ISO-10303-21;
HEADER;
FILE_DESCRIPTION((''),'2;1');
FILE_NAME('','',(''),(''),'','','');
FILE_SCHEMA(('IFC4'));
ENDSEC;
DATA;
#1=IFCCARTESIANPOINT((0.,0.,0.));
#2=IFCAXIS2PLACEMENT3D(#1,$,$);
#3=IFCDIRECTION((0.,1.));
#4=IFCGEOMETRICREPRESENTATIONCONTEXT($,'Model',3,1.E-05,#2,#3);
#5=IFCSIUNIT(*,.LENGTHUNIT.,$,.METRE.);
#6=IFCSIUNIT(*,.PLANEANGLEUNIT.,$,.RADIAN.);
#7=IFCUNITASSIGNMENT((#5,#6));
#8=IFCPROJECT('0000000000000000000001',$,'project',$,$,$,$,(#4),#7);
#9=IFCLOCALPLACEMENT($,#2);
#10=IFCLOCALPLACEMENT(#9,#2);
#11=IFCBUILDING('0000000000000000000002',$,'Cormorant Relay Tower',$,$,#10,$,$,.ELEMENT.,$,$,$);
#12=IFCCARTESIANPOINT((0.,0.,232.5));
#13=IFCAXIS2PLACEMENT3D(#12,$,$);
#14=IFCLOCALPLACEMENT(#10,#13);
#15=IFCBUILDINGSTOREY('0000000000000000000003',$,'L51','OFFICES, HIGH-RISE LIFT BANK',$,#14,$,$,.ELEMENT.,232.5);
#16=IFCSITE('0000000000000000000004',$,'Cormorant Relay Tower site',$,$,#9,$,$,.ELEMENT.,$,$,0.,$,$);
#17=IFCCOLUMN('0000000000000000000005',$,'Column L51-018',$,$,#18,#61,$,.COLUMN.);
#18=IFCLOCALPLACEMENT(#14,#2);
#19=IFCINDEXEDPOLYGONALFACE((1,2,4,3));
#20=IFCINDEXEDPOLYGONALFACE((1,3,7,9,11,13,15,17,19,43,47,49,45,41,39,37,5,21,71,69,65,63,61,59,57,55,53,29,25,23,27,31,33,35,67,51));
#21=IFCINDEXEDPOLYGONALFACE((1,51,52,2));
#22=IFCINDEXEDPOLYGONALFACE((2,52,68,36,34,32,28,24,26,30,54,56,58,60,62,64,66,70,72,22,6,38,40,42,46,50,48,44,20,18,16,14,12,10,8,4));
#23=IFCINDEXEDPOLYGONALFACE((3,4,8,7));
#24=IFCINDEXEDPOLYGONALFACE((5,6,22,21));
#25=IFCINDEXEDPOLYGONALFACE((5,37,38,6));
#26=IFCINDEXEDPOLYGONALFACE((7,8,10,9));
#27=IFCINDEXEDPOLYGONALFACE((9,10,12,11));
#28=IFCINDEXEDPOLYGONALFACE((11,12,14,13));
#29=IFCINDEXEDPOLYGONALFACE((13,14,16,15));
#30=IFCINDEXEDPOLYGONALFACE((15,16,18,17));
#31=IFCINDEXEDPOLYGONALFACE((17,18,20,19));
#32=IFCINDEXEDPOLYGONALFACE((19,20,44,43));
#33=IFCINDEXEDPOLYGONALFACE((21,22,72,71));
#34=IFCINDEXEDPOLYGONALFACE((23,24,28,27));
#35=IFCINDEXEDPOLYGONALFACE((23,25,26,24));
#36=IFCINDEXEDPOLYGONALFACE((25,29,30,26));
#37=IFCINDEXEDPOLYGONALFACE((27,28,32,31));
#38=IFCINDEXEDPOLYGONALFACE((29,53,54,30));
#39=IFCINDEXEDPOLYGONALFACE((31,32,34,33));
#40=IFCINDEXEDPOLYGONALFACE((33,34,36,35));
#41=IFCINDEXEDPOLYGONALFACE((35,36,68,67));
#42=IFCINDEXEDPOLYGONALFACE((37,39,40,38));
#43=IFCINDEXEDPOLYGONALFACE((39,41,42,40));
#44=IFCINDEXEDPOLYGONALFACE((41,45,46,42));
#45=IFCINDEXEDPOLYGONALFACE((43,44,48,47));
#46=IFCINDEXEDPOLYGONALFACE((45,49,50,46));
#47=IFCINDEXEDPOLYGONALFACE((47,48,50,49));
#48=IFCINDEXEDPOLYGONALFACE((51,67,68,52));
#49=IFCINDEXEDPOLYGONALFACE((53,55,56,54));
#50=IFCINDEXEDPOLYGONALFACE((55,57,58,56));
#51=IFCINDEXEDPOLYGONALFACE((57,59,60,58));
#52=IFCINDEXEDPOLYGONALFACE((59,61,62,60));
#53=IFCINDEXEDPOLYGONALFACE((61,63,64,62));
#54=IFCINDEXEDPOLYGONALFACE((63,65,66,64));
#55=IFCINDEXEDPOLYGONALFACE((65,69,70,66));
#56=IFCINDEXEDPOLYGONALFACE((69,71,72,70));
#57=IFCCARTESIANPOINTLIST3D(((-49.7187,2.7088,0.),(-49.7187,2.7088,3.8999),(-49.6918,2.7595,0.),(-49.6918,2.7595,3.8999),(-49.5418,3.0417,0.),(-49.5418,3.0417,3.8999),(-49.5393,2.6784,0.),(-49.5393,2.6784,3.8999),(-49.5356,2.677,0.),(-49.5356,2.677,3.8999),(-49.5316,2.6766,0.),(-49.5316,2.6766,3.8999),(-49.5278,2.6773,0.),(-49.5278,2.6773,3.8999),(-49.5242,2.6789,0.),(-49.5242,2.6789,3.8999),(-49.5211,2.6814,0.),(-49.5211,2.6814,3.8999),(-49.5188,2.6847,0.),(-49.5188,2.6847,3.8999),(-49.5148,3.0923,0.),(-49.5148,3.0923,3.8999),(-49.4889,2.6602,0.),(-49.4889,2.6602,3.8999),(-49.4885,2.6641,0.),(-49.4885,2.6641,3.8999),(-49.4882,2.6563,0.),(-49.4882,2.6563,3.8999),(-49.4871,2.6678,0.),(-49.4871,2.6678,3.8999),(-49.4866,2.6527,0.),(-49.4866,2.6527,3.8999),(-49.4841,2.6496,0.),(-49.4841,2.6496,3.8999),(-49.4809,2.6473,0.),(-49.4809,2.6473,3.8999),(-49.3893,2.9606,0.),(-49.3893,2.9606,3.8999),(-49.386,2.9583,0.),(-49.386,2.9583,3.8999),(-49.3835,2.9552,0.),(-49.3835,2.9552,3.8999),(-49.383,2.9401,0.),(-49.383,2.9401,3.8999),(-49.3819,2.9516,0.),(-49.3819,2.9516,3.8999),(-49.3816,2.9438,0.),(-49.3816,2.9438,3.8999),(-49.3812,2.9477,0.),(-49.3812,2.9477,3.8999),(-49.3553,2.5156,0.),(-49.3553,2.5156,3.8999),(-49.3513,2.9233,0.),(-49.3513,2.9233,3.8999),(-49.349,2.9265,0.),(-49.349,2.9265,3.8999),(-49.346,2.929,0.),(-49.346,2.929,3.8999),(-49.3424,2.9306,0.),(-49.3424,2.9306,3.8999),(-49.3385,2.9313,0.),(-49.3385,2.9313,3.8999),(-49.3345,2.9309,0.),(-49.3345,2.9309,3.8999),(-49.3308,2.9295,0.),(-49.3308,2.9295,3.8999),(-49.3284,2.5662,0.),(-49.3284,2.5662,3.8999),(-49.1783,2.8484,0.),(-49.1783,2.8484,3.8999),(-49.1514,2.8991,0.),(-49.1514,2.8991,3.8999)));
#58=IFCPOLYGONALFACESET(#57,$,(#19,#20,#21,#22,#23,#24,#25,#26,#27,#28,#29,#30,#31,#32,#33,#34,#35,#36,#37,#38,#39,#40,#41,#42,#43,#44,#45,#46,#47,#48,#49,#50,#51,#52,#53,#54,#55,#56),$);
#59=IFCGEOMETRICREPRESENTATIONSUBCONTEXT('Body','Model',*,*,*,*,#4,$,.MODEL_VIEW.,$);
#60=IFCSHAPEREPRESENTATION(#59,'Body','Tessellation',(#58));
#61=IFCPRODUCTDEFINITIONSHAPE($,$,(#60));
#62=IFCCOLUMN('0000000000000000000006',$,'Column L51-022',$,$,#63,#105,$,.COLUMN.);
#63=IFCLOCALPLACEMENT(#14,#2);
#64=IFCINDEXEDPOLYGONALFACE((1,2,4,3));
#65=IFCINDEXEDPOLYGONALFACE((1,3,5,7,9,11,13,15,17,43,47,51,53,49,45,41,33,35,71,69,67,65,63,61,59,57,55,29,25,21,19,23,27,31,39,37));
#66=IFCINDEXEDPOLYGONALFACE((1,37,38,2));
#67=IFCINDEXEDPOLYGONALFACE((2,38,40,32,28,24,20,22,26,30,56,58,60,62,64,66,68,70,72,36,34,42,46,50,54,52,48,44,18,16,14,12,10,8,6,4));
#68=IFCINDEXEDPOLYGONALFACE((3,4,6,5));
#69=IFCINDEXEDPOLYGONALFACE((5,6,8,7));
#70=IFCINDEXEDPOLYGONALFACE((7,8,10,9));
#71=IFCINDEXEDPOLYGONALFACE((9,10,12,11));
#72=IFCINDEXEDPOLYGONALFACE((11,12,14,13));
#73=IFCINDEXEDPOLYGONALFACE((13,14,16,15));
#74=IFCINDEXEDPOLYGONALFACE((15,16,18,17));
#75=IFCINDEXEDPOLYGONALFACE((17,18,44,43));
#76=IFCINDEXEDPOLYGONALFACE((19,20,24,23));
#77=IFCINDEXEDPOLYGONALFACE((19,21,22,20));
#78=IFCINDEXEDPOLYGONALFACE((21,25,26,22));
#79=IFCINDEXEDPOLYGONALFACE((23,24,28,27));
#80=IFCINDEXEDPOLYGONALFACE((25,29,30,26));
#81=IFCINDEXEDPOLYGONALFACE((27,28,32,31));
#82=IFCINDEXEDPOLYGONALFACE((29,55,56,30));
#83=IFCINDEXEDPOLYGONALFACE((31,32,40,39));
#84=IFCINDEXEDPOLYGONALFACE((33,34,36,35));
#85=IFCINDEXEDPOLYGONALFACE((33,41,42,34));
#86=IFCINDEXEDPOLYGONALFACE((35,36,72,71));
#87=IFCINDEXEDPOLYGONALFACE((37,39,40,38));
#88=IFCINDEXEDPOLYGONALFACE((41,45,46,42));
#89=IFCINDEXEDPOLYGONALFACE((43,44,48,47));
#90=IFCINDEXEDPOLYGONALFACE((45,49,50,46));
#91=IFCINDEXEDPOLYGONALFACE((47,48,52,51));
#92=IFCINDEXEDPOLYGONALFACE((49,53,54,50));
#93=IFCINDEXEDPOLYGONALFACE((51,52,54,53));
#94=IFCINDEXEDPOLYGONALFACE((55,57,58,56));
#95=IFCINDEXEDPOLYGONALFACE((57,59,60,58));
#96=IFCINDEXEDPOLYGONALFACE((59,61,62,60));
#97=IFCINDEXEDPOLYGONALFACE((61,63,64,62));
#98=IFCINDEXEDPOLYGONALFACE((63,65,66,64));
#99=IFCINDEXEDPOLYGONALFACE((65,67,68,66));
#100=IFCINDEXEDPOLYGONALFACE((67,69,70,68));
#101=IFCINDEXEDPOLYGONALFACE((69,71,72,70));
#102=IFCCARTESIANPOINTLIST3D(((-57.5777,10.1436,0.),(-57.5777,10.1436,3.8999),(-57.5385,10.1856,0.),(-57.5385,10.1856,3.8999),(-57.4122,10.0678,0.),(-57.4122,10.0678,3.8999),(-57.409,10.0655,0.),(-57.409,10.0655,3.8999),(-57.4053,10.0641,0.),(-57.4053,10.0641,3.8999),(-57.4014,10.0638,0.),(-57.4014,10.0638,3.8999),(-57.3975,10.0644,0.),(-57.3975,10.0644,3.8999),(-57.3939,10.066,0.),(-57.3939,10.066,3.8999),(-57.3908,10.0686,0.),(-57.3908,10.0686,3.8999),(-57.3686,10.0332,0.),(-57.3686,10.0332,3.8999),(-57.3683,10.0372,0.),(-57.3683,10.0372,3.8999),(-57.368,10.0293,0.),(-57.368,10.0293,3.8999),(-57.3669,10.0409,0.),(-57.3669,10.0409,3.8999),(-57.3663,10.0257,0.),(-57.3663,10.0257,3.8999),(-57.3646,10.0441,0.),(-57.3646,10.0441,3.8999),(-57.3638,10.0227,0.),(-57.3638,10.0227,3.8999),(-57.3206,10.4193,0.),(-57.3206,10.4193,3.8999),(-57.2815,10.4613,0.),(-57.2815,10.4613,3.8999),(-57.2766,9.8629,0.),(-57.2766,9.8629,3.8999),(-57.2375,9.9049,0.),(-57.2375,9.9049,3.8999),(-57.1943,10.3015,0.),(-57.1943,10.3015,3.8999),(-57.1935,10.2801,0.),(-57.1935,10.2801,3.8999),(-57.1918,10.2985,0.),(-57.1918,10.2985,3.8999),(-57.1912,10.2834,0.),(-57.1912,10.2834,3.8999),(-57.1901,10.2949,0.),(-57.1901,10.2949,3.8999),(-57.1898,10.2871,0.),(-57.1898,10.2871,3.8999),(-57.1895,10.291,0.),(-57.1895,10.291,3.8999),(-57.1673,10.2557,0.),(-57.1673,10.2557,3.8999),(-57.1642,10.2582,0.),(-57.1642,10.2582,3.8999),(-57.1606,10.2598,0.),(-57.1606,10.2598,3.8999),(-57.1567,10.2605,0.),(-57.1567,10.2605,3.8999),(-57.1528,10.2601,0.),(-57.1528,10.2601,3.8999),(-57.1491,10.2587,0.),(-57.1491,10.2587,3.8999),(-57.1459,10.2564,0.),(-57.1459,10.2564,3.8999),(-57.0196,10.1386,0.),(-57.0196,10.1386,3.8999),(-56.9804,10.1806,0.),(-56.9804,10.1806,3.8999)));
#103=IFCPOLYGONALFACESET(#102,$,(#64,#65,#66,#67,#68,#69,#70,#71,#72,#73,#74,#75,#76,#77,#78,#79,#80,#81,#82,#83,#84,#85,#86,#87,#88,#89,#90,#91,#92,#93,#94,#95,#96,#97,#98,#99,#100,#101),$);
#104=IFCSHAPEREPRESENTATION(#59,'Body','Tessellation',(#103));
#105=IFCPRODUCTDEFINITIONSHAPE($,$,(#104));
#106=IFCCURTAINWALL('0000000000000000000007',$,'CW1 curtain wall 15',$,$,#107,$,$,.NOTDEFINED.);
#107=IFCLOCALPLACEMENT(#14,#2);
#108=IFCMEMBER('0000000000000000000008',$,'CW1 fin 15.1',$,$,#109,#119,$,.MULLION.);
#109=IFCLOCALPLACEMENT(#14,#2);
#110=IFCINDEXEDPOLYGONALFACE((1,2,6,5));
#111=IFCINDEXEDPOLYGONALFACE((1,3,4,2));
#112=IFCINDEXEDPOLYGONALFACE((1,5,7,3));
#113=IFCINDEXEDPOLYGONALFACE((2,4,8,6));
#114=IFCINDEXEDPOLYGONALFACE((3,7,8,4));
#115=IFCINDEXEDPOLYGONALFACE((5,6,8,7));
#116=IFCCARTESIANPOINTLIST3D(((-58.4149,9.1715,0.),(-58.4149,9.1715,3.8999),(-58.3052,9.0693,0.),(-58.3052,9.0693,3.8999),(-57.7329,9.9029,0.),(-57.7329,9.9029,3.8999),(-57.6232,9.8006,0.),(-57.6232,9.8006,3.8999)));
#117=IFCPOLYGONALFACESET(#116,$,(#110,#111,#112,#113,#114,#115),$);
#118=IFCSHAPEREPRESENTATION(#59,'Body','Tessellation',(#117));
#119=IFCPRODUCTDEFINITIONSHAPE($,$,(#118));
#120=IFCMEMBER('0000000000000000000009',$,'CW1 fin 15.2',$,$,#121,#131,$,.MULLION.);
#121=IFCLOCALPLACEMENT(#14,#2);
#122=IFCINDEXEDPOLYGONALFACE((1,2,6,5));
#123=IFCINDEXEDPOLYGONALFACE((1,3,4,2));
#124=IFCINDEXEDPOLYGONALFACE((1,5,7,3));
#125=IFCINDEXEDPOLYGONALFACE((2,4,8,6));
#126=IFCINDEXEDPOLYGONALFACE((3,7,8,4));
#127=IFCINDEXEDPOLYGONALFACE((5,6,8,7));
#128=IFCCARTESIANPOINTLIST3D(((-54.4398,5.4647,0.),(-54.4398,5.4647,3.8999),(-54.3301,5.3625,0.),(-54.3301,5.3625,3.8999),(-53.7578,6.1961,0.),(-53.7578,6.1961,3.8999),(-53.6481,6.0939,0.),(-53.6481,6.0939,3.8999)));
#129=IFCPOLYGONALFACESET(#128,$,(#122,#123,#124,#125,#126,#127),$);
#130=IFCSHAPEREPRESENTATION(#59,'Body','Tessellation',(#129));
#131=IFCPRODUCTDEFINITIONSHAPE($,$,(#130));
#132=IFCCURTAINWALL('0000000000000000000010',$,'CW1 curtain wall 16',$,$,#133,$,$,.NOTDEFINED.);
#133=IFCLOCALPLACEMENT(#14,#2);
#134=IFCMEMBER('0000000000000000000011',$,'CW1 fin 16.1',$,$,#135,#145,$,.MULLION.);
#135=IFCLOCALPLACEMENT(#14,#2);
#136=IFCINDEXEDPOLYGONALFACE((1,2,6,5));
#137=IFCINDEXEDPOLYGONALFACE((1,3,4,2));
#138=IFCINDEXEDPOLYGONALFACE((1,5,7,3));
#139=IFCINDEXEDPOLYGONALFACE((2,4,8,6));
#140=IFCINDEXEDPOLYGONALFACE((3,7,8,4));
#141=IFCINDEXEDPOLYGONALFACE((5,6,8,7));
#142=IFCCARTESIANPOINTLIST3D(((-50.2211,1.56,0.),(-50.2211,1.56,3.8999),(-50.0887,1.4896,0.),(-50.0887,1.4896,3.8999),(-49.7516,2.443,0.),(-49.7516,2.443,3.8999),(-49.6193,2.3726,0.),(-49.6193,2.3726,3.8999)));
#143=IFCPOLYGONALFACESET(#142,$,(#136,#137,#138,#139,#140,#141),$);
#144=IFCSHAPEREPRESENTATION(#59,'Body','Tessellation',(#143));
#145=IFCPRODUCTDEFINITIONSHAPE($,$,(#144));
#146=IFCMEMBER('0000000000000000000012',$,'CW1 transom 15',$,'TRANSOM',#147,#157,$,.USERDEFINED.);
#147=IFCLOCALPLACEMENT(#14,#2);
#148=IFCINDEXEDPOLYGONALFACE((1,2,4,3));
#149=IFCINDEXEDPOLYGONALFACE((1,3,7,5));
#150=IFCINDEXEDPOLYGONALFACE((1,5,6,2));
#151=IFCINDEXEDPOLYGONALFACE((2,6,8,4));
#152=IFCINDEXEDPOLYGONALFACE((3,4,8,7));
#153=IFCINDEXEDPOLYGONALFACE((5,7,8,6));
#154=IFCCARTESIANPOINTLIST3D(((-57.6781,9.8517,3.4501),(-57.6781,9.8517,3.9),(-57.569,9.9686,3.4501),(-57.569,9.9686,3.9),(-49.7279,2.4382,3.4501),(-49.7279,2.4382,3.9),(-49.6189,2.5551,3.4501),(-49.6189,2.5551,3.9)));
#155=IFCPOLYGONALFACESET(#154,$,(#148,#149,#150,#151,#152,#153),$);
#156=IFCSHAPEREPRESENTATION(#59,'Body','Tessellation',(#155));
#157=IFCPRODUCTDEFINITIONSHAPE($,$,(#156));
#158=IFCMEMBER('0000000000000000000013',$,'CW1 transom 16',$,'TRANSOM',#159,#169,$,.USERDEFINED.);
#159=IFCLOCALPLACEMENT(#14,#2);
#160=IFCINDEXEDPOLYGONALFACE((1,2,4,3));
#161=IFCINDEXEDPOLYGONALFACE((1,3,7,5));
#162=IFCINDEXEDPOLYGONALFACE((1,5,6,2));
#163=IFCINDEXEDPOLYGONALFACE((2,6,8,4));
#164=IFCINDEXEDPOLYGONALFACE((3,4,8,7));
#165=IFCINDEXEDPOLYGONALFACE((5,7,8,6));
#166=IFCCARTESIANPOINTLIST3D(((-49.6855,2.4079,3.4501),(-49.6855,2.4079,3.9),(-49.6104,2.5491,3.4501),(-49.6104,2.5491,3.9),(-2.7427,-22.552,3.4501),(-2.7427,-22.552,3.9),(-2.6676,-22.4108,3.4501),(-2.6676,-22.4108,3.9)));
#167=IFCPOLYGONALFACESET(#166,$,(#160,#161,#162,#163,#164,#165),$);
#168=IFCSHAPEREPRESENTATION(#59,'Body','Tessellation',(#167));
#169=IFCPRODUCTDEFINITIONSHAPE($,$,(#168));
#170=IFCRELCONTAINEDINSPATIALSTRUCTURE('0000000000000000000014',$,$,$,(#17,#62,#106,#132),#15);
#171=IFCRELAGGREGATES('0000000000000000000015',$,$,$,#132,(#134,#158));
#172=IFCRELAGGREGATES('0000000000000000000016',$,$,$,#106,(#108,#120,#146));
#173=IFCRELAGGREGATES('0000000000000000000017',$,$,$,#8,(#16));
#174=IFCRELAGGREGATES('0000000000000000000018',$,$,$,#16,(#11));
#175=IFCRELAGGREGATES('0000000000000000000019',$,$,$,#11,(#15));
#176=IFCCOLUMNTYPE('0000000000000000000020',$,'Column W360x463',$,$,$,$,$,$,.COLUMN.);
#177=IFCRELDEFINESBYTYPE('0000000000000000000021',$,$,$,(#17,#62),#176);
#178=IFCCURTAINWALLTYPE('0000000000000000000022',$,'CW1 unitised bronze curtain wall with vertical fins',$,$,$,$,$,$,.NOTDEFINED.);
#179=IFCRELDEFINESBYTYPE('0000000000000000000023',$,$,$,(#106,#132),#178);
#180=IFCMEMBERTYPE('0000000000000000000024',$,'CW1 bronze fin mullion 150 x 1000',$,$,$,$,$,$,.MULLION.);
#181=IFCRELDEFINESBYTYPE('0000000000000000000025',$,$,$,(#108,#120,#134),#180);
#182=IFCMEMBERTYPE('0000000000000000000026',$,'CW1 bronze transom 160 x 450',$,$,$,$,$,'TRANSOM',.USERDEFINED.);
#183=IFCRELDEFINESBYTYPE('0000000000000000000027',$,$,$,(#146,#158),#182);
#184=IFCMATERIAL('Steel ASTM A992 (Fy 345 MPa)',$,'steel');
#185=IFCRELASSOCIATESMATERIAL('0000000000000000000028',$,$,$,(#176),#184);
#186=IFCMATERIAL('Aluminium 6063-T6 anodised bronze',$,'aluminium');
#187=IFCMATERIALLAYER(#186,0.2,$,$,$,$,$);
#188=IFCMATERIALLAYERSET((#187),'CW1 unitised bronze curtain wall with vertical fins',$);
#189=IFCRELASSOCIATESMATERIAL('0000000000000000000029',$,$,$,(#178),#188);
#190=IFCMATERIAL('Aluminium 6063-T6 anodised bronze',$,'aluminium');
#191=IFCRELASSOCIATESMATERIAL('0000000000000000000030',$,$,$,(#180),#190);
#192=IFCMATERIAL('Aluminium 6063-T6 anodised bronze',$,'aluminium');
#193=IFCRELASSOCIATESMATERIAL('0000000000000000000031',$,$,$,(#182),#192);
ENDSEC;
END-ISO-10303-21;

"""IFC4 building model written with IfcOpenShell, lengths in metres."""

from ifc_helpers import new_model, si_unit, direction, frame, origin, origin_2d, place, context, subcontext, project, spatial, rectangle, i_section, extrude, material, layer, layer_set, material_profile, profile_set, type_object, element, aggregate, save


model = new_model("IFC4")

# Units and contexts
model_context = context("Model", 3, precision=1e-05, world=origin(), true_north=direction((0.0, 1.0)))
body_context = subcontext(model_context, "Body", "Model", "MODEL_VIEW")
ifc_project = project(units=[si_unit("LENGTHUNIT", "METRE"), si_unit("PLANEANGLEUNIT", "RADIAN")], contexts=[model_context])

# Site, building, storey
site_placement = place(None, origin())
site = spatial("IfcSite", under=ifc_project, at=site_placement, Name="Cormorant Relay Tower site", CompositionType="ELEMENT", RefElevation=0.0)
building_placement = place(site_placement, origin())
building = spatial("IfcBuilding", under=site, at=building_placement, Name="Cormorant Relay Tower", CompositionType="ELEMENT")
storey_placement = place(building_placement, frame((0.0, 0.0, 232.5)))
storey = spatial("IfcBuildingStorey", under=building, at=storey_placement, Name="L51", Description="OFFICES, HIGH-RISE LIFT BANK", CompositionType="ELEMENT", Elevation=232.5)

# Columns
ifc_material_1 = material(Name="Steel ASTM A992 (Fy 345 MPa)", Category="steel")
ifc_material_profile_1 = material_profile(ifc_material_1, i_section(OverallWidth=0.4116, OverallDepth=0.4343, WebThickness=0.0359, FlangeThickness=0.0574, FilletRadius=0.0151, at=origin_2d()), Name="W360x463")
ifc_profile_set_1 = profile_set([ifc_material_profile_1], Name="Steel ASTM A992 (Fy 345 MPa)")
column_type = type_object("IfcColumnType", Name="Column W360x463", PredefinedType="COLUMN", material=ifc_profile_set_1)
for number, where, z_axis, x_axis, name in (
    (1, (-49.4351, 2.804, 0.0), (0.0, 0.0, 1.0), (0.882948, -0.469472, 0.0), "Column L51-018"),
    (2, (-57.2791, 10.1621, 0.0), (0.0, 0.0, 1.0), (0.731354, -0.681998, 0.0), "Column L51-022"),
):
    element("IfcColumn", number, at=place(storey_placement, frame(where, z_axis=z_axis, x_axis=x_axis)), inside=storey, type_object=column_type, Name=name, PredefinedType="COLUMN", context=body_context, shape_type="SweptSolid", body=[
        extrude(i_section(OverallWidth=0.4116, OverallDepth=0.4343, WebThickness=0.0359, FlangeThickness=0.0574, FilletRadius=0.0151, at=origin_2d()), origin(), (0.0, 0.0, 1.0), 3.8999),
    ])

# Curtain wall, members
ifc_material_2 = material(Name="Aluminium 6063-T6 anodised bronze", Category="aluminium")
ifc_layer_1 = layer(ifc_material_2, 0.2)
ifc_layer_set_1 = layer_set([ifc_layer_1], Name="CW1 unitised bronze curtain wall with vertical fins")
curtain_wall_type = type_object("IfcCurtainWallType", Name="CW1 unitised bronze curtain wall with vertical fins", PredefinedType="NOTDEFINED", material=ifc_layer_set_1)
curtain_wall_1_placement = place(storey_placement, origin())
curtain_wall_1 = element("IfcCurtainWall", 3, at=curtain_wall_1_placement, inside=storey, type_object=curtain_wall_type, Name="CW1 curtain wall 15", PredefinedType="NOTDEFINED")
ifc_material_3 = material(Name="Aluminium 6063-T6 anodised bronze", Category="aluminium")
ifc_material_profile_2 = material_profile(ifc_material_3, rectangle(XDim=0.1499, YDim=1.0, at=origin_2d()), Name="AL 150x1000")
ifc_profile_set_2 = profile_set([ifc_material_profile_2], Name="Aluminium 6063-T6 anodised bronze")
member_type_1 = type_object("IfcMemberType", Name="CW1 bronze fin mullion 150 x 1000", PredefinedType="MULLION", material=ifc_profile_set_2)
member_1_placement = place(storey_placement, frame((-58.019, 9.4861, 0.0), z_axis=(0.0, 0.0, 1.0), x_axis=(0.731354, -0.681998, 0.0)))
member_1 = element("IfcMember", 4, at=member_1_placement, type_object=member_type_1, Name="CW1 fin 15.1", PredefinedType="MULLION", context=body_context, shape_type="SweptSolid", body=[
    extrude(rectangle(XDim=0.1499, YDim=1.0, at=origin_2d()), origin(), (0.0, 0.0, 1.0), 3.8999),
])
member_2_placement = place(storey_placement, frame((-54.0439, 5.7793, 0.0), z_axis=(0.0, 0.0, 1.0), x_axis=(0.731354, -0.681998, 0.0)))
member_2 = element("IfcMember", 5, at=member_2_placement, type_object=member_type_1, Name="CW1 fin 15.2", PredefinedType="MULLION", context=body_context, shape_type="SweptSolid", body=[
    extrude(rectangle(XDim=0.1499, YDim=1.0, at=origin_2d()), origin(), (0.0, 0.0, 1.0), 3.8999),
])

# Curtain wall, member
curtain_wall_2_placement = place(storey_placement, origin())
curtain_wall_2 = element("IfcCurtainWall", 6, at=curtain_wall_2_placement, inside=storey, type_object=curtain_wall_type, Name="CW1 curtain wall 16", PredefinedType="NOTDEFINED")
member_3_placement = place(storey_placement, frame((-49.9202, 1.9663, 0.0), z_axis=(0.0, 0.0, 1.0), x_axis=(0.882948, -0.469472, 0.0)))
member_3 = element("IfcMember", 7, at=member_3_placement, type_object=member_type_1, Name="CW1 fin 16.1", PredefinedType="MULLION", context=body_context, shape_type="SweptSolid", body=[
    extrude(rectangle(XDim=0.1499, YDim=1.0, at=origin_2d()), origin(), (0.0, 0.0, 1.0), 3.8999),
])

# Members
ifc_material_4 = material(Name="Aluminium 6063-T6 anodised bronze", Category="aluminium")
ifc_material_profile_3 = material_profile(ifc_material_4, rectangle(XDim=0.1599, YDim=0.45, at=origin_2d()), Name="AL 160x450")
ifc_profile_set_3 = profile_set([ifc_material_profile_3], Name="Aluminium 6063-T6 anodised bronze")
member_type_2 = type_object("IfcMemberType", Name="CW1 bronze transom 160 x 450", ElementType="TRANSOM", PredefinedType="USERDEFINED", material=ifc_profile_set_3)
member_4_placement = place(storey_placement, frame((-57.6235, 9.9102, 3.675), z_axis=(0.731358, -0.681993, 0.0), x_axis=(0.681993, 0.731358, 0.0)))
member_4 = element("IfcMember", 8, at=member_4_placement, type_object=member_type_2, Name="CW1 transom 15", ObjectType="TRANSOM", PredefinedType="USERDEFINED", context=body_context, shape_type="SweptSolid", body=[
    extrude(rectangle(XDim=0.1599, YDim=0.45, at=origin_2d()), origin(), (0.0, 0.0, 1.0), 10.8704),
])
member_5_placement = place(storey_placement, frame((-49.6479, 2.4785, 3.675), z_axis=(0.882948, -0.469471, 0.0), x_axis=(0.469471, 0.882948, 0.0)))
member_5 = element("IfcMember", 9, at=member_5_placement, type_object=member_type_2, Name="CW1 transom 16", ObjectType="TRANSOM", PredefinedType="USERDEFINED", context=body_context, shape_type="SweptSolid", body=[
    extrude(rectangle(XDim=0.1599, YDim=0.45, at=origin_2d()), origin(), (0.0, 0.0, 1.0), 53.166),
])
aggregate(curtain_wall_2, [member_3, member_5])

aggregate(curtain_wall_1, [member_1, member_2, member_4])

save(model, "model.ifc")
